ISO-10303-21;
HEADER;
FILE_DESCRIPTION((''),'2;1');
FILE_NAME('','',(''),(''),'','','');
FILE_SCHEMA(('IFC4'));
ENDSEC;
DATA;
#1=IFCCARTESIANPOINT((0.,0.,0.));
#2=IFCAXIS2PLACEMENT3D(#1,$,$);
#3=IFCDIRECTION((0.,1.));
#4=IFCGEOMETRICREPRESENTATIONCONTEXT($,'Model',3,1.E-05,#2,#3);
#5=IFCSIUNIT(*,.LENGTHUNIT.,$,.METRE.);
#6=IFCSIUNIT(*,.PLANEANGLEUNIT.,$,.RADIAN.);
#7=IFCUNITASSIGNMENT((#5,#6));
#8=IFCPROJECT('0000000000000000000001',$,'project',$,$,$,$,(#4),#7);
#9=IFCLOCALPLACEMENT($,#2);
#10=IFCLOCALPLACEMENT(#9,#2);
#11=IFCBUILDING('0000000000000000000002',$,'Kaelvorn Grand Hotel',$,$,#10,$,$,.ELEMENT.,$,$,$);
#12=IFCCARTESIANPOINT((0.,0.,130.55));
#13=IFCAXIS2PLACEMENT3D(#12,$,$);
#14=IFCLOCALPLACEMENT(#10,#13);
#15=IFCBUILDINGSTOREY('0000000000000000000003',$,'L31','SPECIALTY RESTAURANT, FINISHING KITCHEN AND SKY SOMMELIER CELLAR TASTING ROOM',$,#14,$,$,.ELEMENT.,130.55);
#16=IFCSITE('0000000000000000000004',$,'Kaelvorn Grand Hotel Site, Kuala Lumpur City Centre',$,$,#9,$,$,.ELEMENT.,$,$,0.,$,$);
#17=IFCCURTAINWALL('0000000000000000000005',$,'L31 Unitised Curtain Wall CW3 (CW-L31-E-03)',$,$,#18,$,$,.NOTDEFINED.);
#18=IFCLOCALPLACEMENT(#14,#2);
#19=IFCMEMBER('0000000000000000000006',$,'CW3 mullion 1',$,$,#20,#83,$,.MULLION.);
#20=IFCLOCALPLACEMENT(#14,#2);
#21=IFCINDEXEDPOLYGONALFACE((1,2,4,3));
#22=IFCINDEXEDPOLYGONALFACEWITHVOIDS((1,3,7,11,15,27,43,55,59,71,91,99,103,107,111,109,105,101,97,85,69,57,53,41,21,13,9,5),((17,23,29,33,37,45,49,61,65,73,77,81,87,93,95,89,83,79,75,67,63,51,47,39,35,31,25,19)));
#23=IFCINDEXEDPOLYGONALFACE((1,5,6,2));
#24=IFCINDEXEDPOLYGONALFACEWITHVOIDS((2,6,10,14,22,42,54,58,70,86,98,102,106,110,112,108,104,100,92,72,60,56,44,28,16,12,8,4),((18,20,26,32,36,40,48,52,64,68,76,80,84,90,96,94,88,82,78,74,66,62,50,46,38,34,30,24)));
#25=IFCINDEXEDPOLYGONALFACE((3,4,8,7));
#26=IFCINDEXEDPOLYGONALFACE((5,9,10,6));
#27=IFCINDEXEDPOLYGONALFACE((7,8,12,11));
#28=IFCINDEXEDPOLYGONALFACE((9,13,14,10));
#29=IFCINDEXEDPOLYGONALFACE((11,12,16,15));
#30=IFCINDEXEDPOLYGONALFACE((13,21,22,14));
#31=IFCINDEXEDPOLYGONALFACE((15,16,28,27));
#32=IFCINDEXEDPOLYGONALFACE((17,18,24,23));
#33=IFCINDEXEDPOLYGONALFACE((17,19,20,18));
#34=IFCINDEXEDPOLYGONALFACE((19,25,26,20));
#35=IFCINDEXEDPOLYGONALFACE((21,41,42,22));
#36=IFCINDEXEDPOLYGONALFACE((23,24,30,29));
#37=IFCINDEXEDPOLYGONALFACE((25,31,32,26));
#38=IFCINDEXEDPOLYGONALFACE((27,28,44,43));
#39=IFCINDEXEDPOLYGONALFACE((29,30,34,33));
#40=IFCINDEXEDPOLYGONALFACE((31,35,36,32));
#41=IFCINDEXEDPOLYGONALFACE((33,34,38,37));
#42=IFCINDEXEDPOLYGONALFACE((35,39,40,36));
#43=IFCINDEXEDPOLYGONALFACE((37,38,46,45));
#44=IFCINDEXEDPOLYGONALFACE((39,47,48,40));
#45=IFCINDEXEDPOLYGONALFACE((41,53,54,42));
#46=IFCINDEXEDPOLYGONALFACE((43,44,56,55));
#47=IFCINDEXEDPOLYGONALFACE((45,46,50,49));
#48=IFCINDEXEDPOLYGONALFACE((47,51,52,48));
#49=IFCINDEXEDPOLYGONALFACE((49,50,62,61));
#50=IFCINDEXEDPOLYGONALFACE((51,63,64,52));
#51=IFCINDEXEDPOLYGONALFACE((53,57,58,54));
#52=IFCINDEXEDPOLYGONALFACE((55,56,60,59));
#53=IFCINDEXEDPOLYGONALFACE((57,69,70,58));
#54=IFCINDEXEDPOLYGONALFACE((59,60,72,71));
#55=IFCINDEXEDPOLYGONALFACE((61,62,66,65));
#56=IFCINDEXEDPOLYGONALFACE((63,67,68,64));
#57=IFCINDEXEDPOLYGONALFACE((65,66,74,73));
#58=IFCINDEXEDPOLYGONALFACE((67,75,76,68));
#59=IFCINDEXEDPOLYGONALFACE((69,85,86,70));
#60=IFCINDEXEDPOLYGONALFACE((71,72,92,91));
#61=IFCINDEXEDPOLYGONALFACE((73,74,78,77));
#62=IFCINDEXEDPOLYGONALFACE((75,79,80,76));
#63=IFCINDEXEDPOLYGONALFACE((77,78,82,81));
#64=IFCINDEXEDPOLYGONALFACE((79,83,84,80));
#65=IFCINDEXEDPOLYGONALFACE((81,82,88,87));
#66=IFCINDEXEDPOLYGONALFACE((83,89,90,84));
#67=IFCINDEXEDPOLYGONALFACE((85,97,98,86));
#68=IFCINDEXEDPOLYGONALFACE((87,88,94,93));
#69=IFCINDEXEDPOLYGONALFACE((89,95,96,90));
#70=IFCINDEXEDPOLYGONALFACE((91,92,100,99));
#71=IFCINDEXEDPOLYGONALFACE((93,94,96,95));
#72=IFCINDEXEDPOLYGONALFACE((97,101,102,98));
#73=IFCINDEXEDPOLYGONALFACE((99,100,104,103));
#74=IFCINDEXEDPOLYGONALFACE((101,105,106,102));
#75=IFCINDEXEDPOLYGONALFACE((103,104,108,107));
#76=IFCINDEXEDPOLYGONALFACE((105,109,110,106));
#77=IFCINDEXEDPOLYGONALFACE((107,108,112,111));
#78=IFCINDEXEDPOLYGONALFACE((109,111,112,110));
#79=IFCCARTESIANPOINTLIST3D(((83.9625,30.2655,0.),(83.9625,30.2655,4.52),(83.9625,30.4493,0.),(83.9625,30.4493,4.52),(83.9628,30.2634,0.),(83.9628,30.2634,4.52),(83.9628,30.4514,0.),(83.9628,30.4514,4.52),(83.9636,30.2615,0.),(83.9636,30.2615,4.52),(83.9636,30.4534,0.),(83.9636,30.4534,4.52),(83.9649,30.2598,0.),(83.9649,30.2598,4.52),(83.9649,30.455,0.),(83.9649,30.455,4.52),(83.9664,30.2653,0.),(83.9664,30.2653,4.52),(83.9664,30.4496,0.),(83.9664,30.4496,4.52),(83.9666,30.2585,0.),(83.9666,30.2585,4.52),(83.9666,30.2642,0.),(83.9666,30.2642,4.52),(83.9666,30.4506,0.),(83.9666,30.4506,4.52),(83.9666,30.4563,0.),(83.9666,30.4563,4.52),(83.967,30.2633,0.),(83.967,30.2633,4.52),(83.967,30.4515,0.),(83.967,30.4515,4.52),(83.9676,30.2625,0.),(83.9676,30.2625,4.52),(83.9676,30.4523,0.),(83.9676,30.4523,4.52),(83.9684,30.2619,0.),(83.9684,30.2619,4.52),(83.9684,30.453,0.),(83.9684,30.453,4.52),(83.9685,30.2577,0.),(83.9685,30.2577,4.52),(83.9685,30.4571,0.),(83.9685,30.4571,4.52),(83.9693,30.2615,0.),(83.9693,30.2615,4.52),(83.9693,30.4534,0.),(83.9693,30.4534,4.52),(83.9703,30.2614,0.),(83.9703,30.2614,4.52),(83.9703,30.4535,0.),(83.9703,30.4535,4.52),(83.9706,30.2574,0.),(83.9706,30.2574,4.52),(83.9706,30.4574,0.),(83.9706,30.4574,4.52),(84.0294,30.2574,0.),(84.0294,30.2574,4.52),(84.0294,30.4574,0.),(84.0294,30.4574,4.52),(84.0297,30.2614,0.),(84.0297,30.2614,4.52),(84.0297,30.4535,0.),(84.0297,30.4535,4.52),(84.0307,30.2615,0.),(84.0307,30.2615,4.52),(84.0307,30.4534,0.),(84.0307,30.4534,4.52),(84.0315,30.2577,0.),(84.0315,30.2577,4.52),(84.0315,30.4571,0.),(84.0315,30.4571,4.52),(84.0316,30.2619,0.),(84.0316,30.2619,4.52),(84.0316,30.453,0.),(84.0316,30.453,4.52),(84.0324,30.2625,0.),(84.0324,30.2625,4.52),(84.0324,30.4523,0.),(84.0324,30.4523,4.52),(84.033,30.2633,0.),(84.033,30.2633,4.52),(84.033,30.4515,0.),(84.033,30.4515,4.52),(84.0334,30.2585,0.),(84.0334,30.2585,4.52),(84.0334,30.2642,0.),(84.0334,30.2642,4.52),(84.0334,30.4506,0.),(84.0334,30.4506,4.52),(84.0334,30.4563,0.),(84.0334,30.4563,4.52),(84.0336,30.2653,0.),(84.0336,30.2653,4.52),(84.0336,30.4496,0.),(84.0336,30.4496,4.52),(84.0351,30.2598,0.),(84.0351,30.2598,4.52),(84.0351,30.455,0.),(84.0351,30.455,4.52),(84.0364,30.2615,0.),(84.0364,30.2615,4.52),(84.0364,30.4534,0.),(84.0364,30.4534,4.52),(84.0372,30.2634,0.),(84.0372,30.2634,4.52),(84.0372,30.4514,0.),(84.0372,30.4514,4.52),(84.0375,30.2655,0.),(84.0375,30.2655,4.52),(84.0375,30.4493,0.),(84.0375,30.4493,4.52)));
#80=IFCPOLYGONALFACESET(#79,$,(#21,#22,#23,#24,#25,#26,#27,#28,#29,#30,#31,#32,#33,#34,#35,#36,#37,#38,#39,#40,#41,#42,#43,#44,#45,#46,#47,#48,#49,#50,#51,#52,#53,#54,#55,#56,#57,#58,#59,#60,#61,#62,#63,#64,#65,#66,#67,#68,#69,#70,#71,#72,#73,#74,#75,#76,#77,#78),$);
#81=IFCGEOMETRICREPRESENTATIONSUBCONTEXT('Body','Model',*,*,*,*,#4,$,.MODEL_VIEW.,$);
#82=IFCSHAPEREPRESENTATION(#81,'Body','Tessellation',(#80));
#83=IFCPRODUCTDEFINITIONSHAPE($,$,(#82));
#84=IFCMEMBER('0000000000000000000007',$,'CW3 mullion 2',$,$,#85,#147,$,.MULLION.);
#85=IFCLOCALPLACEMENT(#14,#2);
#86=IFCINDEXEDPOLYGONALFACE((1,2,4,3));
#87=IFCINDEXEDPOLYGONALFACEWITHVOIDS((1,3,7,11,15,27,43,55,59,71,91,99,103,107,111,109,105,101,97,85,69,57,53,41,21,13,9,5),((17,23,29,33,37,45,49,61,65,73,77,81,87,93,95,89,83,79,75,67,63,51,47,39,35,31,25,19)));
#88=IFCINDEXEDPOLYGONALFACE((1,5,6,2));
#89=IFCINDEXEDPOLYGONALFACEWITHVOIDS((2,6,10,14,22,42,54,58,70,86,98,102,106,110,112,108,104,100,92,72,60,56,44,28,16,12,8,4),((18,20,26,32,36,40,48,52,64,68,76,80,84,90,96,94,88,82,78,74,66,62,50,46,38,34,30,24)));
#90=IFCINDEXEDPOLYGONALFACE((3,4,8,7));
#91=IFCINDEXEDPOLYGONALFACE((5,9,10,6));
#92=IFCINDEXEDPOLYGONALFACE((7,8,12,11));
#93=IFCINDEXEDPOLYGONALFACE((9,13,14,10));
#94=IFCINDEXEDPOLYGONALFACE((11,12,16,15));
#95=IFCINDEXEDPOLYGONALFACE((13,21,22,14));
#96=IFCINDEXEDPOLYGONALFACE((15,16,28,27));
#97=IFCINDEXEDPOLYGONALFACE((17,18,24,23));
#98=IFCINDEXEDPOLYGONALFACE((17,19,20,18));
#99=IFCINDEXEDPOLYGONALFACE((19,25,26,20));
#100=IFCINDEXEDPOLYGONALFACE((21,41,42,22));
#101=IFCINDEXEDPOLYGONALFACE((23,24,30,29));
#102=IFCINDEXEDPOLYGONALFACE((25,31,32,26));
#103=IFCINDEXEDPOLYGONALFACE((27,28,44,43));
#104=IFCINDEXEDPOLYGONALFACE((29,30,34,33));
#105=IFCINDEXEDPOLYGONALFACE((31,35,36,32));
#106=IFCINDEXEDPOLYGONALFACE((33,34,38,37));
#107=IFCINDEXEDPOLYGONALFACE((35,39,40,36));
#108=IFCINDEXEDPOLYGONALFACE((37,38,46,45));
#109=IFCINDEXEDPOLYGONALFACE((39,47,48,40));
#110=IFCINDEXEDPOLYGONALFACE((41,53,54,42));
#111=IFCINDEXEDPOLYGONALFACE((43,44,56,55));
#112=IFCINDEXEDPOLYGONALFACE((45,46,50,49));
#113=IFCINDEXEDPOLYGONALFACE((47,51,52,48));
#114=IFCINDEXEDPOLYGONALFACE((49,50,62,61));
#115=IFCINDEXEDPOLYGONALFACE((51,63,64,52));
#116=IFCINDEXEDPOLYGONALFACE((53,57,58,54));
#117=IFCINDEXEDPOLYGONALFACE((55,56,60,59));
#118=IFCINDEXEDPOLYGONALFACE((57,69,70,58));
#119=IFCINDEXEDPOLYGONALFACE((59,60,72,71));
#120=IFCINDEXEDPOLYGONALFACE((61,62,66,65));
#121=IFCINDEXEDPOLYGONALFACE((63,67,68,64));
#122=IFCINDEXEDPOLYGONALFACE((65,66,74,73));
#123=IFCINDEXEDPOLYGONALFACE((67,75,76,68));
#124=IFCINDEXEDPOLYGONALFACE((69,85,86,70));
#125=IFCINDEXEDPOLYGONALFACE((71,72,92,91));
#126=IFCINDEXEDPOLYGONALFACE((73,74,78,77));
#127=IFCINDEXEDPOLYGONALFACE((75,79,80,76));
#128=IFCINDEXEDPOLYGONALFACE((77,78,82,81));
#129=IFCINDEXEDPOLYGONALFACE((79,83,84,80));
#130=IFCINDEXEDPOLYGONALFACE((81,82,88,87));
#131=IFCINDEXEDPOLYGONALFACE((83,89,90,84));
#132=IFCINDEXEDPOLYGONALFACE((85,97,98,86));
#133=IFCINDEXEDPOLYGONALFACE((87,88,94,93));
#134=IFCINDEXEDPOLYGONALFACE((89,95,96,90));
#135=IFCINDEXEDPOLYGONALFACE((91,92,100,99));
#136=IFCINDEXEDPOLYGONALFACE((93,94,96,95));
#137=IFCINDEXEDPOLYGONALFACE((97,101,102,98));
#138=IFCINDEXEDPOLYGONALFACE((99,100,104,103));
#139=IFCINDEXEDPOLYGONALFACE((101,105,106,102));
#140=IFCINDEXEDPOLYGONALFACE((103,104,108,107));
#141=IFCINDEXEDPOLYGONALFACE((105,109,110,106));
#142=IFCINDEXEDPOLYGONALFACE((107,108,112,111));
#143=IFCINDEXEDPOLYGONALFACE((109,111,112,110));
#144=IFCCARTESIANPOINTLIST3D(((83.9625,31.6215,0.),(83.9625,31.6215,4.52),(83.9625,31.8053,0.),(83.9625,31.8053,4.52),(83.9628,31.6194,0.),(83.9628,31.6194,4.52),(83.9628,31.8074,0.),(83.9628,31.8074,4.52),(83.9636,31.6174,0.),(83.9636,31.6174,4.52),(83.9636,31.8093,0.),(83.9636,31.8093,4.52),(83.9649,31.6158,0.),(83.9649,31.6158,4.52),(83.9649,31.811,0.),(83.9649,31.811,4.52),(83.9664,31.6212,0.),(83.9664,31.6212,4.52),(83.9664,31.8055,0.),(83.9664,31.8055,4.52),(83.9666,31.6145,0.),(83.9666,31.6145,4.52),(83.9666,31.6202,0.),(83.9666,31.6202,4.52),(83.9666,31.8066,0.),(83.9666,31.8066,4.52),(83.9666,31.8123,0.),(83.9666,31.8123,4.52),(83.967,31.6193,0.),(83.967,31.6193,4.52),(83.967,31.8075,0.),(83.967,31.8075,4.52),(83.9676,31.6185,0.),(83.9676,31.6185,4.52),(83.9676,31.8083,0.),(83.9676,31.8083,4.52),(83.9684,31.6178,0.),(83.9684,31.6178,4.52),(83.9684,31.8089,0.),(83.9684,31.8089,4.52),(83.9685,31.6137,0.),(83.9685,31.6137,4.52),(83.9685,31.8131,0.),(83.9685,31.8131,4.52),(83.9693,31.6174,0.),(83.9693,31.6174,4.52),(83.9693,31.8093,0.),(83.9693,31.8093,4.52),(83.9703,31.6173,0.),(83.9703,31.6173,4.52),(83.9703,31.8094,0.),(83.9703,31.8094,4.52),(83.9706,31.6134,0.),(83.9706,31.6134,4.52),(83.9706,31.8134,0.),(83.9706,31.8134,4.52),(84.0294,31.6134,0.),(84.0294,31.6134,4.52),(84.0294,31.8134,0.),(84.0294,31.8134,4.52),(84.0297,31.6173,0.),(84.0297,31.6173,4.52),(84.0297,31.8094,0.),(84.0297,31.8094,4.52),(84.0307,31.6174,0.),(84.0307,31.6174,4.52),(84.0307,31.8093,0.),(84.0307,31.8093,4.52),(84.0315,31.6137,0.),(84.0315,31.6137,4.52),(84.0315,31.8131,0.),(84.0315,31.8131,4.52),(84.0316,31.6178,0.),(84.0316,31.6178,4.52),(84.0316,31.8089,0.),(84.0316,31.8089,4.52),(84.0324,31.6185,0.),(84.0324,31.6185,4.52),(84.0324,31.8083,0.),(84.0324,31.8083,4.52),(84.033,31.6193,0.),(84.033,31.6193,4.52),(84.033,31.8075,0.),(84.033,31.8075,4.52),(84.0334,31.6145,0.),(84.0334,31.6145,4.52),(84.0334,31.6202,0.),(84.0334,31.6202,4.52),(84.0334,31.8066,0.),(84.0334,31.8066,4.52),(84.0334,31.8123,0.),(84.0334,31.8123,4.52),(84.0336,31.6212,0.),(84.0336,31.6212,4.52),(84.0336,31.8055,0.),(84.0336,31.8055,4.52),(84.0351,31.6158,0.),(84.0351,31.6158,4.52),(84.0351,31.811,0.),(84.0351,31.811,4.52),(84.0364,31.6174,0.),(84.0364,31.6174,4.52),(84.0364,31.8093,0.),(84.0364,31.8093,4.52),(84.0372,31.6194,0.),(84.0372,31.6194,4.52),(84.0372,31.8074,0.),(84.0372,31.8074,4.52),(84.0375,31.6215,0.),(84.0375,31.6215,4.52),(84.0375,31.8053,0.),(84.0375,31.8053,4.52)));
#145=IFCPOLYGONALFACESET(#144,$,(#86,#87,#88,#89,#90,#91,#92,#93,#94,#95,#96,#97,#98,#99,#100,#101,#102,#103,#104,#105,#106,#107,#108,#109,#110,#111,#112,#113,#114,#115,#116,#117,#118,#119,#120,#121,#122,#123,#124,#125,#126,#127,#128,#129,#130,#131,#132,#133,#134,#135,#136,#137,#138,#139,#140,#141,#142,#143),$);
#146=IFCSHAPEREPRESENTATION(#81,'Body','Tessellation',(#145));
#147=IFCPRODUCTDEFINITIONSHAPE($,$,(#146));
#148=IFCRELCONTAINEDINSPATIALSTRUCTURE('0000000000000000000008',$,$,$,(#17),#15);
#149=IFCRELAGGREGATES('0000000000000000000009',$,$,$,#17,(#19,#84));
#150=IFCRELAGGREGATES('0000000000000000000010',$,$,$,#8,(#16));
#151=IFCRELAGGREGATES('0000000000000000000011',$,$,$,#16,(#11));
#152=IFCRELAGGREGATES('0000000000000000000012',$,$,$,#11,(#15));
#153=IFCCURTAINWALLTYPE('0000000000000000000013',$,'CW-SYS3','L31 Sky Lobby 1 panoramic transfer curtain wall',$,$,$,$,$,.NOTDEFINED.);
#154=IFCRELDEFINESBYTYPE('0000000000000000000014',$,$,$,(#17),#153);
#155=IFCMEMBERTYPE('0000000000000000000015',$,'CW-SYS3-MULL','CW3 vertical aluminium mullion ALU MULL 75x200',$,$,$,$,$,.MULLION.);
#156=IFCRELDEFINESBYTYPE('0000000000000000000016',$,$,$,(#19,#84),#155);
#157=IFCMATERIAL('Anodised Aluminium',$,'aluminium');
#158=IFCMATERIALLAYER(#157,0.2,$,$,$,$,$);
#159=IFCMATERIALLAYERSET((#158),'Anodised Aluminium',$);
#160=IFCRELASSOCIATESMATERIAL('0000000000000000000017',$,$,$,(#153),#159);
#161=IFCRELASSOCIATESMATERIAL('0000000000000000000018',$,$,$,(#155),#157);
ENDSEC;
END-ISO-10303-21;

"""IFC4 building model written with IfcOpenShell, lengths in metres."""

from ifc_helpers import new_model, si_unit, direction, frame, origin, origin_2d, place, context, subcontext, project, spatial, hollow_rectangle, extrude, material, layer, layer_set, material_profile, profile_set, type_object, element, aggregate, save


model = new_model("IFC4")

# Units and contexts
model_context = context("Model", 3, precision=1e-05, world=origin(), true_north=direction((0.0, 1.0)))
body_context = subcontext(model_context, "Body", "Model", "MODEL_VIEW")
ifc_project = project(units=[si_unit("LENGTHUNIT", "METRE"), si_unit("PLANEANGLEUNIT", "RADIAN")], contexts=[model_context])

# Site, building, storey
site_placement = place(None, origin())
site = spatial("IfcSite", under=ifc_project, at=site_placement, Name="Kaelvorn Grand Hotel Site, Kuala Lumpur City Centre", CompositionType="ELEMENT", RefElevation=0.0)
building_placement = place(site_placement, origin())
building = spatial("IfcBuilding", under=site, at=building_placement, Name="Kaelvorn Grand Hotel", CompositionType="ELEMENT")
storey_placement = place(building_placement, frame((0.0, 0.0, 130.55)))
storey = spatial("IfcBuildingStorey", under=building, at=storey_placement, Name="L31", Description="SPECIALTY RESTAURANT, FINISHING KITCHEN AND SKY SOMMELIER CELLAR TASTING ROOM", CompositionType="ELEMENT", Elevation=130.55)

# Shared definitions
ifc_material_1 = material(Name="Anodised Aluminium", Category="aluminium")
ifc_layer_1 = layer(ifc_material_1, 0.2)
ifc_layer_set_1 = layer_set([ifc_layer_1], Name="Anodised Aluminium")
curtain_wall_type = type_object("IfcCurtainWallType", Name="CW-SYS3", Description="L31 Sky Lobby 1 panoramic transfer curtain wall", PredefinedType="NOTDEFINED", material=ifc_layer_set_1)
ifc_material_profile_1 = material_profile(ifc_material_1, hollow_rectangle(XDim=0.075, YDim=0.2, WallThickness=0.0039, InnerFilletRadius=0.0039, OuterFilletRadius=0.0081, at=origin_2d()), Name="ALU MULL 75x200")
ifc_profile_set_1 = profile_set([ifc_material_profile_1], Name="Anodised Aluminium")
member_type_1 = type_object("IfcMemberType", Name="CW-SYS3-MULL", Description="CW3 vertical aluminium mullion ALU MULL 75x200", PredefinedType="MULLION", material=ifc_profile_set_1)

# Curtain wall, members
curtain_wall_1_placement = place(storey_placement, origin())
curtain_wall_1 = element("IfcCurtainWall", 1, at=curtain_wall_1_placement, inside=storey, type_object=curtain_wall_type, Name="L31 Unitised Curtain Wall CW3 (CW-L31-E-03)", PredefinedType="NOTDEFINED")
member_1_placement = place(storey_placement, frame((84.0, 30.3574, 0.0), z_axis=(0.0, 0.0, 1.0), x_axis=(-1.0, 0.0, 0.0)))
member_1 = element("IfcMember", 2, at=member_1_placement, type_object=member_type_1, Name="CW3 mullion 1", PredefinedType="MULLION", context=body_context, shape_type="SweptSolid", body=[
    extrude(hollow_rectangle(XDim=0.075, YDim=0.2, WallThickness=0.0039, InnerFilletRadius=0.0039, OuterFilletRadius=0.0081, at=origin_2d()), origin(), (0.0, 0.0, 1.0), 4.52),
])
member_2_placement = place(storey_placement, frame((84.0, 31.7134, 0.0), z_axis=(0.0, 0.0, 1.0), x_axis=(-1.0, 0.0, 0.0)))
member_2 = element("IfcMember", 3, at=member_2_placement, type_object=member_type_1, Name="CW3 mullion 2", PredefinedType="MULLION", context=body_context, shape_type="SweptSolid", body=[
    extrude(hollow_rectangle(XDim=0.075, YDim=0.2, WallThickness=0.0039, InnerFilletRadius=0.0039, OuterFilletRadius=0.0081, at=origin_2d()), origin(), (0.0, 0.0, 1.0), 4.52),
])

aggregate(curtain_wall_1, [member_1, member_2])

save(model, "model.ifc")
